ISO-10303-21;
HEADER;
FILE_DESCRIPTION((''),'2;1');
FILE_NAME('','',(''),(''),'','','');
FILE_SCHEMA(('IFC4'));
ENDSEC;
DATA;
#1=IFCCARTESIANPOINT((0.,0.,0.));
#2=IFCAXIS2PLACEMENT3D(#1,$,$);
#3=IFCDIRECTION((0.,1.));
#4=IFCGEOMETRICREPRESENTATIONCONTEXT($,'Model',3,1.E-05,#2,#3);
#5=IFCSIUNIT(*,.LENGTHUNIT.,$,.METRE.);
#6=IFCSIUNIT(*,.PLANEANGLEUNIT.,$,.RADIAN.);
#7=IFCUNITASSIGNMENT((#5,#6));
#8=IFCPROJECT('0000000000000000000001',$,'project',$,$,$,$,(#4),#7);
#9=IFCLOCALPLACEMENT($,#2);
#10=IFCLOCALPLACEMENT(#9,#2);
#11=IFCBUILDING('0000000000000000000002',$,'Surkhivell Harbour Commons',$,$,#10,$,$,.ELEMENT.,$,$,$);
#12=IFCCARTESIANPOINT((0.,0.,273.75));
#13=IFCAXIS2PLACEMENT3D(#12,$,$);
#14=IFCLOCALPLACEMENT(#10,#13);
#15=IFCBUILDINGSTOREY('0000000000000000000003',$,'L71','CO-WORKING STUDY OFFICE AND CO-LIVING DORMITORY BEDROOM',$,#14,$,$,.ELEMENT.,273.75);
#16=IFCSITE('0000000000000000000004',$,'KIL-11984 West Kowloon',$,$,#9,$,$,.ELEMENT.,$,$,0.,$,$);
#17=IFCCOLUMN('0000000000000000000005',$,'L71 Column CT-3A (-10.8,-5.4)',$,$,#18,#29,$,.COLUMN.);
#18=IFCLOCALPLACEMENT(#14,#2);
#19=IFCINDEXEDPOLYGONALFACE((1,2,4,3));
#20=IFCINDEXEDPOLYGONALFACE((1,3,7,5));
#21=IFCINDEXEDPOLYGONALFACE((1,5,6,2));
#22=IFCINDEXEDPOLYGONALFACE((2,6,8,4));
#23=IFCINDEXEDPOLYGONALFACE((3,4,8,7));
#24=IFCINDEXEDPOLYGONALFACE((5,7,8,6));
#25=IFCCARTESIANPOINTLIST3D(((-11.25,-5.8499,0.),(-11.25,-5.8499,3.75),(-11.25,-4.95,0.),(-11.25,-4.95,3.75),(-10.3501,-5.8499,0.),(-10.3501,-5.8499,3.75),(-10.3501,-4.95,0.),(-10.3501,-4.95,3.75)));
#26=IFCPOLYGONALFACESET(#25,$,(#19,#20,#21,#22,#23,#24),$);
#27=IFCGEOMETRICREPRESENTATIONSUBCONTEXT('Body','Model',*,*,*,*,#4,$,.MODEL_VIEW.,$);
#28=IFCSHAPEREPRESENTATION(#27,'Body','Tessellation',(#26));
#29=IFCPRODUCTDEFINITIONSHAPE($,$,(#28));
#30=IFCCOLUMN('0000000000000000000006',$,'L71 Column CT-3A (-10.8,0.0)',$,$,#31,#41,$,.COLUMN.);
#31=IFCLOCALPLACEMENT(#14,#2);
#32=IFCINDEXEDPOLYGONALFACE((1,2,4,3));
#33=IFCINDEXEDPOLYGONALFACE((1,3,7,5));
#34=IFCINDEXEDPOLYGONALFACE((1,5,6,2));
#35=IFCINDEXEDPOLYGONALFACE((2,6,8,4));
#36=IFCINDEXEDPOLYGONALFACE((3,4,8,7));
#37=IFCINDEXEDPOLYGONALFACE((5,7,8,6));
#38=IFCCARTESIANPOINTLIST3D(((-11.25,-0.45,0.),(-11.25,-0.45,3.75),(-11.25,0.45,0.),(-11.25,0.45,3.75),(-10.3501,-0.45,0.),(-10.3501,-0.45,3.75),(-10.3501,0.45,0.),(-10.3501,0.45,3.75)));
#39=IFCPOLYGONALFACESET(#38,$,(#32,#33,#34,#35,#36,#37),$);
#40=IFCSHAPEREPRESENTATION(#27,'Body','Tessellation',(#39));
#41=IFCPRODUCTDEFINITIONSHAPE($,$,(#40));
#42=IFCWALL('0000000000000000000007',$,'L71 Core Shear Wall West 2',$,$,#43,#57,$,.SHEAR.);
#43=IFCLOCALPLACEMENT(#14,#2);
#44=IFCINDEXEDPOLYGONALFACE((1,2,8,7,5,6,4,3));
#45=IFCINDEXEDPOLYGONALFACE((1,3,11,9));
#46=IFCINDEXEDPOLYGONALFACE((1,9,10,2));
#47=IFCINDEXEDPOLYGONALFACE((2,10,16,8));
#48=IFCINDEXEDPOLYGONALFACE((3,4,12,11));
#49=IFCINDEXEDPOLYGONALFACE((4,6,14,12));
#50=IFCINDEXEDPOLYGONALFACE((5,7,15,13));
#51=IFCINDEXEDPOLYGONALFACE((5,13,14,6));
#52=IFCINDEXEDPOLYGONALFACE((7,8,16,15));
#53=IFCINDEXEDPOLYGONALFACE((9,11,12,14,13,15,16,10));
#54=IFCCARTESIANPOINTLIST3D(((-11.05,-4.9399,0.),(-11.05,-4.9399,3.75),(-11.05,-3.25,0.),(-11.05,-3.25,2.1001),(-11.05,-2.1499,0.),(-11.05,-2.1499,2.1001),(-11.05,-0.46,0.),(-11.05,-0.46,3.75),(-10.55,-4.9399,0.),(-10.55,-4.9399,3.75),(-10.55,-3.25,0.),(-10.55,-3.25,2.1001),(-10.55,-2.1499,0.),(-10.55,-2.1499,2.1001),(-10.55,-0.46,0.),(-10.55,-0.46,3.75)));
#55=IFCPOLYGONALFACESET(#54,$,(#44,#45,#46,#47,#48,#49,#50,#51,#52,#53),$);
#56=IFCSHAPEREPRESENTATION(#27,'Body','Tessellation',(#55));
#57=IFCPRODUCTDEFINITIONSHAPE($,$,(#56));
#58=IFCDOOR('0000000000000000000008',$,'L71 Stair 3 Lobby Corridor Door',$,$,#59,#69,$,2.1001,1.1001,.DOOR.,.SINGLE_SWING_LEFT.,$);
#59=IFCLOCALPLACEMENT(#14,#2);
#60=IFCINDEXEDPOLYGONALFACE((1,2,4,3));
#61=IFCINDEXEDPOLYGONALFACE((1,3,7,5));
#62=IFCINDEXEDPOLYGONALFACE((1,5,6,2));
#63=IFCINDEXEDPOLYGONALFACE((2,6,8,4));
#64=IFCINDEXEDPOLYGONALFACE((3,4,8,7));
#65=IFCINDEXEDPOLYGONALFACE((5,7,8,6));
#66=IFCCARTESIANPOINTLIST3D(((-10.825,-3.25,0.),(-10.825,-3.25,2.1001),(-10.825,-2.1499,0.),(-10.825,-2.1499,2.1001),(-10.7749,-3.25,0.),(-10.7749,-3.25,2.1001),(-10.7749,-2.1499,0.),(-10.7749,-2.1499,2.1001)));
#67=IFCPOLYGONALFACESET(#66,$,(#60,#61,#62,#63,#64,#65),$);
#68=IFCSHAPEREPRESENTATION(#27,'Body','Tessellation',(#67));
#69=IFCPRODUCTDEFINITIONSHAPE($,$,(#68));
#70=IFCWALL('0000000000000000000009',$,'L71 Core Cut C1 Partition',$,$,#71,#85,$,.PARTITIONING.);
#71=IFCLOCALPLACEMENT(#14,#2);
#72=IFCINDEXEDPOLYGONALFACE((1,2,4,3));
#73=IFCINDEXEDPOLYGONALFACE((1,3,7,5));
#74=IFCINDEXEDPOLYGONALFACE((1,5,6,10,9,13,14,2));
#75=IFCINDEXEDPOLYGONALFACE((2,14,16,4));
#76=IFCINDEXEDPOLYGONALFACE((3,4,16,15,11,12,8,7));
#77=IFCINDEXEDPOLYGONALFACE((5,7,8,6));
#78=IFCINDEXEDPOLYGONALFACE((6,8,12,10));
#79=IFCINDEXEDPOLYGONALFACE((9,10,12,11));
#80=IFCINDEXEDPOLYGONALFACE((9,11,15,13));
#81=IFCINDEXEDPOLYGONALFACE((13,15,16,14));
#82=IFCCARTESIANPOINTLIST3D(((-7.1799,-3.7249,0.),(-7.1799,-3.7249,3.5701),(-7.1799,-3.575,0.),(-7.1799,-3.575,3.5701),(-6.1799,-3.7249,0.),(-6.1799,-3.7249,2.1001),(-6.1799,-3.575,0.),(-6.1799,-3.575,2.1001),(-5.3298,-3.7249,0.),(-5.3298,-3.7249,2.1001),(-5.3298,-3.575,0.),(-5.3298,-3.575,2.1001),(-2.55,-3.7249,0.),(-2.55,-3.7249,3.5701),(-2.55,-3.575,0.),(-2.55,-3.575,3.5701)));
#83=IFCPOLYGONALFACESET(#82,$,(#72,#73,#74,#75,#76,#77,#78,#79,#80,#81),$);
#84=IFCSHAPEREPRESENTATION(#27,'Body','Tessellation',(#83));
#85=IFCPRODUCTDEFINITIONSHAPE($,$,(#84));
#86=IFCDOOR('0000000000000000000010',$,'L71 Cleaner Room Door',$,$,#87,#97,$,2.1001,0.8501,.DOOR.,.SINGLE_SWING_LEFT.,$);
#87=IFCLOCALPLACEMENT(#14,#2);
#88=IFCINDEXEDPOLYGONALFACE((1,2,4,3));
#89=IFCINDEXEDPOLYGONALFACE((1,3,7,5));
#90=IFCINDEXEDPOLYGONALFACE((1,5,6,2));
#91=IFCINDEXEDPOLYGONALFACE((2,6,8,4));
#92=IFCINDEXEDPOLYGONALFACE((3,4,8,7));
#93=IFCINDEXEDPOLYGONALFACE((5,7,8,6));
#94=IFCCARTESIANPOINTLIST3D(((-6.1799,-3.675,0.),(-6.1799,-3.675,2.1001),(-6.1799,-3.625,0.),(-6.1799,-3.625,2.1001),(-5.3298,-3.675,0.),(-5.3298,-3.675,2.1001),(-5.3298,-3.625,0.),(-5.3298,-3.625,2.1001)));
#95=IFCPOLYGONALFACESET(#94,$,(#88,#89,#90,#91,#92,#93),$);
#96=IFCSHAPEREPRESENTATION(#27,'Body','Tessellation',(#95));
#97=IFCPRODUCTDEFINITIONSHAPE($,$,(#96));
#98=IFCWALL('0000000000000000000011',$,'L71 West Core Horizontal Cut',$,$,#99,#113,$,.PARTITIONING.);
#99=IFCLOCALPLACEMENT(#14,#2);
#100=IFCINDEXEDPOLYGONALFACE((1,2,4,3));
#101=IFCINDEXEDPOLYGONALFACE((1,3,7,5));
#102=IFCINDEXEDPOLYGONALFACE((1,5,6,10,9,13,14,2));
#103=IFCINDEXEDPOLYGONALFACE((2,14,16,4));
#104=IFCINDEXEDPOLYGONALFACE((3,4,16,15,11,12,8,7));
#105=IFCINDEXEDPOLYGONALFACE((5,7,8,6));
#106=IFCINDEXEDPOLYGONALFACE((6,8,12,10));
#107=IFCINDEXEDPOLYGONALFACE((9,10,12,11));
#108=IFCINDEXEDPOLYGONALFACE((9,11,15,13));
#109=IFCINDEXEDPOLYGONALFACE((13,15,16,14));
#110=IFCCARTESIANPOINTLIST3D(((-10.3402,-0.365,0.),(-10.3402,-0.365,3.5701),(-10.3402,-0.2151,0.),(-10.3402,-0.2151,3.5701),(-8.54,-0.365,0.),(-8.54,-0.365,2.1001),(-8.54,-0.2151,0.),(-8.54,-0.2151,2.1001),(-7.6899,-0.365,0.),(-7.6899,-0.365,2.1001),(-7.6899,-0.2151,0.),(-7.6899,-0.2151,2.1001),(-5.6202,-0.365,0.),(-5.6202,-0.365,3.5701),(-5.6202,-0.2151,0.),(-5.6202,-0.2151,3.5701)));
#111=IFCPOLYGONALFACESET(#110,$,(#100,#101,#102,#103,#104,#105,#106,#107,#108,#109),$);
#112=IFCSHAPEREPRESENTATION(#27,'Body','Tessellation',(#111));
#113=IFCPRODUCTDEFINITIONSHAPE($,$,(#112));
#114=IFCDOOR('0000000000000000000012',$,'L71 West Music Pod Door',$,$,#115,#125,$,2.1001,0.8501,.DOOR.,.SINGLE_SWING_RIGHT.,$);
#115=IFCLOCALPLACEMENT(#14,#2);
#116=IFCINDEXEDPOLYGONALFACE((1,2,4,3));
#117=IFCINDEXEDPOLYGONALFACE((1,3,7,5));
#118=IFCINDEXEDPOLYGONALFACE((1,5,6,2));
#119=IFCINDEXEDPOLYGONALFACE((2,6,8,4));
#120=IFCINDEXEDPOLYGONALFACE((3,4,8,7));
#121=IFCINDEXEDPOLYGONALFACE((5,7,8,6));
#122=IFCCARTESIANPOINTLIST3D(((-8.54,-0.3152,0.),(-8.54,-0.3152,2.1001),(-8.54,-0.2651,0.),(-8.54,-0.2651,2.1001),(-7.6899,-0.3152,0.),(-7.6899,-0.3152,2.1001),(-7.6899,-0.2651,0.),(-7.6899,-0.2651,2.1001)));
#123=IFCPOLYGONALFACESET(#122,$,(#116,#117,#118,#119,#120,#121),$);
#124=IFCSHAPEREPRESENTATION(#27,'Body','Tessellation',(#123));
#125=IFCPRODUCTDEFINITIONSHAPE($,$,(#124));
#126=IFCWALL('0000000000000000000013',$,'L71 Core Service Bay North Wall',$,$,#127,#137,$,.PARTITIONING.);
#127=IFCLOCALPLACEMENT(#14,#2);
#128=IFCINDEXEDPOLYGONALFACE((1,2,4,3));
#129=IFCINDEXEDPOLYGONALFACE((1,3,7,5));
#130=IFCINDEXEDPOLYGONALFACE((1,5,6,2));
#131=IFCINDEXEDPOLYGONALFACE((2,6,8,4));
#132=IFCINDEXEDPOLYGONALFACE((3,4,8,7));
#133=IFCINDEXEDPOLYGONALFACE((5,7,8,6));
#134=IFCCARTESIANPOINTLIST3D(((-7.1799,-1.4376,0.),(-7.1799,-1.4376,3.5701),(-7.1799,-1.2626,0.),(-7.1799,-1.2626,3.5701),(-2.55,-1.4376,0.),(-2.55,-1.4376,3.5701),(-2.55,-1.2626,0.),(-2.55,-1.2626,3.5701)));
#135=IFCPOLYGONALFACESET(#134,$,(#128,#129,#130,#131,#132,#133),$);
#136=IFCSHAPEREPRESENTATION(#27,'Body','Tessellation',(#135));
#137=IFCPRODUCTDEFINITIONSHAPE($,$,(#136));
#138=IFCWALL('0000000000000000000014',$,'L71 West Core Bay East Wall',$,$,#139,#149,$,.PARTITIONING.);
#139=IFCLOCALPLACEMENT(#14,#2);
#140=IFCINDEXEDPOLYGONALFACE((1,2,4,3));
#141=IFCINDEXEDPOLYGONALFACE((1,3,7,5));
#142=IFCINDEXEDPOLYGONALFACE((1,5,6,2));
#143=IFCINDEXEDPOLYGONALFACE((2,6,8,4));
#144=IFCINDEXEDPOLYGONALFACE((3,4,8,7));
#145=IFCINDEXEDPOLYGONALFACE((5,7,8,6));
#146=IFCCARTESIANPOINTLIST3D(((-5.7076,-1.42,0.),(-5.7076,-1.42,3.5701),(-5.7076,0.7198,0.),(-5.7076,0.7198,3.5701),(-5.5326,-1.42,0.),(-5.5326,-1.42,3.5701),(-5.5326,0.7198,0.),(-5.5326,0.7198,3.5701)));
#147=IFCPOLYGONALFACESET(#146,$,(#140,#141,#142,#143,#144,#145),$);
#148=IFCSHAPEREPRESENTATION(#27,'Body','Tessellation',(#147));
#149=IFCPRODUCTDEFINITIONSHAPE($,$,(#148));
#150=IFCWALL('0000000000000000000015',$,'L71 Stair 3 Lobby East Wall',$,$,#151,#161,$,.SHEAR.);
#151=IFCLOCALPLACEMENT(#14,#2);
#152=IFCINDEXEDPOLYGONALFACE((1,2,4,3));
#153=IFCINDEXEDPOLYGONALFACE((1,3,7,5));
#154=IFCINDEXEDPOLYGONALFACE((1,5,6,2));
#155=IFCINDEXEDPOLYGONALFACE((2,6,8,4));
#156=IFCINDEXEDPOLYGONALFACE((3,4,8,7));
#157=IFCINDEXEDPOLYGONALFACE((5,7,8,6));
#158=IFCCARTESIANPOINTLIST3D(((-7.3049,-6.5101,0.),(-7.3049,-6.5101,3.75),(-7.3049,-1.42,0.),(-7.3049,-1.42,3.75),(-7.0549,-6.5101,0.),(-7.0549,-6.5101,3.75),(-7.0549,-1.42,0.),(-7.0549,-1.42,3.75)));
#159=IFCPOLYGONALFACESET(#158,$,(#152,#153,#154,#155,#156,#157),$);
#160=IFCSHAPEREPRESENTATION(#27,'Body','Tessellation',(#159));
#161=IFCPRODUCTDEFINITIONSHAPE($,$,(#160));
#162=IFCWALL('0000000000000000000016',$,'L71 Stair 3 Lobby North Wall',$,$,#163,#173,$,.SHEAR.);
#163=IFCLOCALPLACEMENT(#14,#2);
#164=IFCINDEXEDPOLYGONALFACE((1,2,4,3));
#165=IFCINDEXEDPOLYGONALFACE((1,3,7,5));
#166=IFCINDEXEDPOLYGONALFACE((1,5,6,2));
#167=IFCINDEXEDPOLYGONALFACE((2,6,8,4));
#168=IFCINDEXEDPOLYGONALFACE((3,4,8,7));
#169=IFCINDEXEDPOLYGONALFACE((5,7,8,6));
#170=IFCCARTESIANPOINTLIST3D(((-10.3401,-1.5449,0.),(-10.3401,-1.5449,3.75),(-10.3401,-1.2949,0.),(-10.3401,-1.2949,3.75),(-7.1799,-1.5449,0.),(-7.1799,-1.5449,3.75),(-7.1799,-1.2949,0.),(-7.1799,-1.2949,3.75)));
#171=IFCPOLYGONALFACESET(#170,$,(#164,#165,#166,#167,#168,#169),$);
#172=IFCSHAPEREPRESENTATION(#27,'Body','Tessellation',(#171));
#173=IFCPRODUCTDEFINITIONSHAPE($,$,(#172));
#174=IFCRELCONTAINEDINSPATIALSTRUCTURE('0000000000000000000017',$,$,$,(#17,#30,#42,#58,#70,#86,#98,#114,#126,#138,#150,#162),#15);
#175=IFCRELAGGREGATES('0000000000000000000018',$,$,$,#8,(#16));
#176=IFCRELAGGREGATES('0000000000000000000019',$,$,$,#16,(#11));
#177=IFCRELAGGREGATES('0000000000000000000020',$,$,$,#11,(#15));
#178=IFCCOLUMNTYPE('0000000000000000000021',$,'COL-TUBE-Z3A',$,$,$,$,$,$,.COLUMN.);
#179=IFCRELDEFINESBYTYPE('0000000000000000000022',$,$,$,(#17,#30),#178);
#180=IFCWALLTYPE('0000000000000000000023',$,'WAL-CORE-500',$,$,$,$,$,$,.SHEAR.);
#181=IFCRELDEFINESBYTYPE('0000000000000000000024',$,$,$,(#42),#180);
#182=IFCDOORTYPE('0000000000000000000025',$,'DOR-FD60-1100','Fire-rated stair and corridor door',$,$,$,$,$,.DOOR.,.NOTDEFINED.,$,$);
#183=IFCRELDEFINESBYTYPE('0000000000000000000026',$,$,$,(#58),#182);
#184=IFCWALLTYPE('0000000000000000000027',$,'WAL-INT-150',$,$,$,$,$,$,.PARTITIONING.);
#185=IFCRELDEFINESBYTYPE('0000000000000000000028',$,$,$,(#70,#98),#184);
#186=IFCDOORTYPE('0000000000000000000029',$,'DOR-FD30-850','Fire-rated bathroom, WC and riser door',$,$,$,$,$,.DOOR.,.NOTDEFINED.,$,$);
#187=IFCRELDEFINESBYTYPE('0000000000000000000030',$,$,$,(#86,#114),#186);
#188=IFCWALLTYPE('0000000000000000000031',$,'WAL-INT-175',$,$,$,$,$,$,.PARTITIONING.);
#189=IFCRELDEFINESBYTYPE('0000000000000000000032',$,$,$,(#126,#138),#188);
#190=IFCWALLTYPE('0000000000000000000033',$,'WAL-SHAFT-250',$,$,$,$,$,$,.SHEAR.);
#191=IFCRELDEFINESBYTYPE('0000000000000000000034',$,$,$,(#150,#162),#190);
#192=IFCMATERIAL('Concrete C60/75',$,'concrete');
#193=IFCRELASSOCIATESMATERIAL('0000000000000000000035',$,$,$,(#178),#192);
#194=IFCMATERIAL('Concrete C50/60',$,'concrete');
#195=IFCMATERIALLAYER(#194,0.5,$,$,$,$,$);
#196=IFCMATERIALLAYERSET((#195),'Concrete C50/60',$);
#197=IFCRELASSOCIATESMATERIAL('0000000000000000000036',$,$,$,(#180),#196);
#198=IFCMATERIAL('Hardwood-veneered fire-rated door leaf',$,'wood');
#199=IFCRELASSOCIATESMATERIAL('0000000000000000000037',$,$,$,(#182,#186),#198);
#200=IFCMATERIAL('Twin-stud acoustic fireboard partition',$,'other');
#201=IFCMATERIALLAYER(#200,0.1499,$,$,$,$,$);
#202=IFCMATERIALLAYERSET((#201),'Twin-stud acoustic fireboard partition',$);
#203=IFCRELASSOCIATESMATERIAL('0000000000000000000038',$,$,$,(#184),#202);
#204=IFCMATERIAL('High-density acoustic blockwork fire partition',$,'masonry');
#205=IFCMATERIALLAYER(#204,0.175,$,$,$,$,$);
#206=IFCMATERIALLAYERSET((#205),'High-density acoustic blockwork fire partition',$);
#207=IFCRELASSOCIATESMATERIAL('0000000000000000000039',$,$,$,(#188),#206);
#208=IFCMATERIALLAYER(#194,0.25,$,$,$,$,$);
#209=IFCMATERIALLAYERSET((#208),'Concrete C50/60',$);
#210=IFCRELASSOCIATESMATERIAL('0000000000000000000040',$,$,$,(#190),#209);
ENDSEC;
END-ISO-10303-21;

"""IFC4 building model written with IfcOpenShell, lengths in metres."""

from ifc_helpers import new_model, si_unit, direction, frame, frame_2d, origin, origin_2d, place, context, subcontext, project, spatial, rectangle, extrude, material, layer, layer_set, material_profile, profile_set, type_object, element, fill, save


model = new_model("IFC4")

# Units and contexts
model_context = context("Model", 3, precision=1e-05, world=origin(), true_north=direction((0.0, 1.0)))
body_context = subcontext(model_context, "Body", "Model", "MODEL_VIEW")
ifc_project = project(units=[si_unit("LENGTHUNIT", "METRE"), si_unit("PLANEANGLEUNIT", "RADIAN")], contexts=[model_context])

# Site, building, storey
site_placement = place(None, origin())
site = spatial("IfcSite", under=ifc_project, at=site_placement, Name="KIL-11984 West Kowloon", CompositionType="ELEMENT", RefElevation=0.0)
building_placement = place(site_placement, origin())
building = spatial("IfcBuilding", under=site, at=building_placement, Name="Surkhivell Harbour Commons", CompositionType="ELEMENT")
storey_placement = place(building_placement, frame((0.0, 0.0, 273.75)))
storey = spatial("IfcBuildingStorey", under=building, at=storey_placement, Name="L71", Description="CO-WORKING STUDY OFFICE AND CO-LIVING DORMITORY BEDROOM", CompositionType="ELEMENT", Elevation=273.75)

# Columns
ifc_material_1 = material(Name="Concrete C60/75", Category="concrete")
ifc_material_profile = material_profile(ifc_material_1, rectangle(XDim=0.8999, YDim=0.8999, at=origin_2d()), Name="RC-COL-900x900")
ifc_profile_set = profile_set([ifc_material_profile], Name="Concrete C60/75")
column_type = type_object("IfcColumnType", Name="COL-TUBE-Z3A", PredefinedType="COLUMN", material=ifc_profile_set)
for number, where, z_axis, x_axis, name in (
    (1, (-10.8, -5.3999, 0.0), (0.0, 0.0, 1.0), (1.0, 0.0, 0.0), "L71 Column CT-3A (-10.8,-5.4)"),
    (2, (-10.8, 0.0, 0.0), (0.0, 0.0, 1.0), (1.0, 0.0, 0.0), "L71 Column CT-3A (-10.8,0.0)"),
):
    element("IfcColumn", number, at=place(storey_placement, frame(where, z_axis=z_axis, x_axis=x_axis)), inside=storey, type_object=column_type, Name=name, PredefinedType="COLUMN", context=body_context, shape_type="SweptSolid", body=[
        extrude(rectangle(XDim=0.8999, YDim=0.8999, at=origin_2d()), origin(), (0.0, 0.0, 1.0), 3.75),
    ])

# Walls, openings, doors
ifc_material_2 = material(Name="Concrete C50/60", Category="concrete")
ifc_layer_1 = layer(ifc_material_2, 0.5)
ifc_layer_set_1 = layer_set([ifc_layer_1], Name="Concrete C50/60")
wall_type_1 = type_object("IfcWallType", Name="WAL-CORE-500", PredefinedType="SHEAR", material=ifc_layer_set_1)
wall_1_placement = place(storey_placement, frame((-10.8, -4.9399, 0.0), z_axis=(0.0, 0.0, 1.0), x_axis=(0.0, 1.0, 0.0)))
wall_1 = element("IfcWall", 3, at=wall_1_placement, inside=storey, type_object=wall_type_1, Name="L71 Core Shear Wall West 2", PredefinedType="SHEAR", context=body_context, shape_type="SweptSolid", body=[
    extrude(rectangle(XDim=4.48, YDim=0.5, at=frame_2d((2.24, 0.0))), origin(), (0.0, 0.0, 1.0), 3.75),
])
opening_1_placement = place(wall_1_placement, frame((1.6899, 0.0, 0.0)))
opening_1 = element("IfcOpeningElement", 4, at=opening_1_placement, cuts=wall_1, PredefinedType="OPENING", context=body_context, shape_type="SweptSolid", body=[
    extrude(rectangle(XDim=1.1001, YDim=2.1001, at=frame_2d((0.55, 1.05))), frame((0.0, 0.26, 0.0), z_axis=(0.0, -1.0, 0.0), x_axis=(1.0, 0.0, 0.0)), (0.0, 0.0, 1.0), 0.52),
])
ifc_material_3 = material(Name="Hardwood-veneered fire-rated door leaf", Category="wood")
door_type_1 = type_object("IfcDoorType", Name="DOR-FD60-1100", Description="Fire-rated stair and corridor door", OperationType="NOTDEFINED", PredefinedType="DOOR", material=ifc_material_3)
door_1_placement = place(opening_1_placement, origin())
door_1 = element("IfcDoor", 5, at=door_1_placement, inside=storey, type_object=door_type_1, Name="L71 Stair 3 Lobby Corridor Door", OperationType="SINGLE_SWING_LEFT", OverallHeight=2.1001, OverallWidth=1.1001, PredefinedType="DOOR", context=body_context, shape_type="SweptSolid", body=[
    extrude(rectangle(XDim=1.1001, YDim=2.1001, at=frame_2d((0.55, 1.05))), frame((0.0, 0.0249, 0.0), z_axis=(0.0, -1.0, 0.0), x_axis=(1.0, 0.0, 0.0)), (0.0, 0.0, 1.0), 0.05),
])
fill(opening_1, door_1)
ifc_material_4 = material(Name="Twin-stud acoustic fireboard partition", Category="other")
ifc_layer_2 = layer(ifc_material_4, 0.1499)
ifc_layer_set_2 = layer_set([ifc_layer_2], Name="Twin-stud acoustic fireboard partition")
wall_type_2 = type_object("IfcWallType", Name="WAL-INT-150", PredefinedType="PARTITIONING", material=ifc_layer_set_2)
wall_2_placement = place(storey_placement, frame((-7.1799, -3.6499, 0.0), z_axis=(0.0, 0.0, 1.0), x_axis=(1.0, 0.0, 0.0)))
wall_2 = element("IfcWall", 6, at=wall_2_placement, inside=storey, type_object=wall_type_2, Name="L71 Core Cut C1 Partition", PredefinedType="PARTITIONING", context=body_context, shape_type="SweptSolid", body=[
    extrude(rectangle(XDim=4.6299, YDim=0.1499, at=frame_2d((2.3149, 0.0))), origin(), (0.0, 0.0, 1.0), 3.5701),
])
opening_2_placement = place(wall_2_placement, frame((1.0, 0.0, 0.0)))
opening_2 = element("IfcOpeningElement", 7, at=opening_2_placement, cuts=wall_2, PredefinedType="OPENING", context=body_context, shape_type="SweptSolid", body=[
    extrude(rectangle(XDim=0.8501, YDim=2.1001, at=frame_2d((0.425, 1.05))), frame((0.0, 0.085, 0.0), z_axis=(0.0, -1.0, 0.0), x_axis=(1.0, 0.0, 0.0)), (0.0, 0.0, 1.0), 0.1699),
])
door_type_2 = type_object("IfcDoorType", Name="DOR-FD30-850", Description="Fire-rated bathroom, WC and riser door", OperationType="NOTDEFINED", PredefinedType="DOOR", material=ifc_material_3)
door_2_placement = place(opening_2_placement, origin())
door_2 = element("IfcDoor", 8, at=door_2_placement, inside=storey, type_object=door_type_2, Name="L71 Cleaner Room Door", OperationType="SINGLE_SWING_LEFT", OverallHeight=2.1001, OverallWidth=0.8501, PredefinedType="DOOR", context=body_context, shape_type="SweptSolid", body=[
    extrude(rectangle(XDim=0.8501, YDim=2.1001, at=frame_2d((0.425, 1.05))), frame((0.0, 0.0249, 0.0), z_axis=(0.0, -1.0, 0.0), x_axis=(1.0, 0.0, 0.0)), (0.0, 0.0, 1.0), 0.05),
])
fill(opening_2, door_2)
wall_3_placement = place(storey_placement, frame((-10.3401, -0.29, 0.0), z_axis=(0.0, 0.0, 1.0), x_axis=(1.0, 0.0, 0.0)))
wall_3 = element("IfcWall", 9, at=wall_3_placement, inside=storey, type_object=wall_type_2, Name="L71 West Core Horizontal Cut", PredefinedType="PARTITIONING", context=body_context, shape_type="SweptSolid", body=[
    extrude(rectangle(XDim=4.72, YDim=0.1499, at=frame_2d((2.3599, 0.0))), origin(), (0.0, 0.0, 1.0), 3.5701),
])
opening_3_placement = place(wall_3_placement, frame((1.8, 0.0, 0.0)))
opening_3 = element("IfcOpeningElement", 10, at=opening_3_placement, cuts=wall_3, PredefinedType="OPENING", context=body_context, shape_type="SweptSolid", body=[
    extrude(rectangle(XDim=0.8501, YDim=2.1001, at=frame_2d((0.425, 1.05))), frame((0.0, 0.085, 0.0), z_axis=(0.0, -1.0, 0.0), x_axis=(1.0, 0.0, 0.0)), (0.0, 0.0, 1.0), 0.1699),
])
door_3_placement = place(opening_3_placement, origin())
door_3 = element("IfcDoor", 11, at=door_3_placement, inside=storey, type_object=door_type_2, Name="L71 West Music Pod Door", OperationType="SINGLE_SWING_RIGHT", OverallHeight=2.1001, OverallWidth=0.8501, PredefinedType="DOOR", context=body_context, shape_type="SweptSolid", body=[
    extrude(rectangle(XDim=0.8501, YDim=2.1001, at=frame_2d((0.425, 1.05))), frame((0.0, 0.0249, 0.0), z_axis=(0.0, -1.0, 0.0), x_axis=(1.0, 0.0, 0.0)), (0.0, 0.0, 1.0), 0.05),
])
fill(opening_3, door_3)

# Walls
ifc_material_5 = material(Name="High-density acoustic blockwork fire partition", Category="masonry")
ifc_layer_3 = layer(ifc_material_5, 0.175)
ifc_layer_set_3 = layer_set([ifc_layer_3], Name="High-density acoustic blockwork fire partition")
wall_type_3 = type_object("IfcWallType", Name="WAL-INT-175", PredefinedType="PARTITIONING", material=ifc_layer_set_3)
wall_4_placement = place(storey_placement, frame((-7.1799, -1.3501, 0.0), z_axis=(0.0, 0.0, 1.0), x_axis=(1.0, 0.0, 0.0)))
element("IfcWall", 12, at=wall_4_placement, inside=storey, type_object=wall_type_3, Name="L71 Core Service Bay North Wall", PredefinedType="PARTITIONING", context=body_context, shape_type="SweptSolid", body=[
    extrude(rectangle(XDim=4.6299, YDim=0.175, at=frame_2d((2.3149, 0.0))), origin(), (0.0, 0.0, 1.0), 3.5701),
])
wall_5_placement = place(storey_placement, frame((-5.6201, -1.4199, 0.0), z_axis=(0.0, 0.0, 1.0), x_axis=(0.0, 1.0, 0.0)))
element("IfcWall", 13, at=wall_5_placement, inside=storey, type_object=wall_type_3, Name="L71 West Core Bay East Wall", PredefinedType="PARTITIONING", context=body_context, shape_type="SweptSolid", body=[
    extrude(rectangle(XDim=2.1399, YDim=0.175, at=frame_2d((1.0698, 0.0))), origin(), (0.0, 0.0, 1.0), 3.5701),
])
ifc_layer_4 = layer(ifc_material_2, 0.25)
ifc_layer_set_4 = layer_set([ifc_layer_4], Name="Concrete C50/60")
wall_type_4 = type_object("IfcWallType", Name="WAL-SHAFT-250", PredefinedType="SHEAR", material=ifc_layer_set_4)
wall_6_placement = place(storey_placement, frame((-7.1799, -6.51, 0.0), z_axis=(0.0, 0.0, 1.0), x_axis=(0.0, 1.0, 0.0)))
element("IfcWall", 14, at=wall_6_placement, inside=storey, type_object=wall_type_4, Name="L71 Stair 3 Lobby East Wall", PredefinedType="SHEAR", context=body_context, shape_type="SweptSolid", body=[
    extrude(rectangle(XDim=5.0901, YDim=0.25, at=frame_2d((2.5449, 0.0))), origin(), (0.0, 0.0, 1.0), 3.75),
])
wall_7_placement = place(storey_placement, frame((-10.3401, -1.4199, 0.0), z_axis=(0.0, 0.0, 1.0), x_axis=(1.0, 0.0, 0.0)))
element("IfcWall", 15, at=wall_7_placement, inside=storey, type_object=wall_type_4, Name="L71 Stair 3 Lobby North Wall", PredefinedType="SHEAR", context=body_context, shape_type="SweptSolid", body=[
    extrude(rectangle(XDim=3.1602, YDim=0.25, at=frame_2d((1.5801, 0.0))), origin(), (0.0, 0.0, 1.0), 3.75),
])

save(model, "model.ifc")
